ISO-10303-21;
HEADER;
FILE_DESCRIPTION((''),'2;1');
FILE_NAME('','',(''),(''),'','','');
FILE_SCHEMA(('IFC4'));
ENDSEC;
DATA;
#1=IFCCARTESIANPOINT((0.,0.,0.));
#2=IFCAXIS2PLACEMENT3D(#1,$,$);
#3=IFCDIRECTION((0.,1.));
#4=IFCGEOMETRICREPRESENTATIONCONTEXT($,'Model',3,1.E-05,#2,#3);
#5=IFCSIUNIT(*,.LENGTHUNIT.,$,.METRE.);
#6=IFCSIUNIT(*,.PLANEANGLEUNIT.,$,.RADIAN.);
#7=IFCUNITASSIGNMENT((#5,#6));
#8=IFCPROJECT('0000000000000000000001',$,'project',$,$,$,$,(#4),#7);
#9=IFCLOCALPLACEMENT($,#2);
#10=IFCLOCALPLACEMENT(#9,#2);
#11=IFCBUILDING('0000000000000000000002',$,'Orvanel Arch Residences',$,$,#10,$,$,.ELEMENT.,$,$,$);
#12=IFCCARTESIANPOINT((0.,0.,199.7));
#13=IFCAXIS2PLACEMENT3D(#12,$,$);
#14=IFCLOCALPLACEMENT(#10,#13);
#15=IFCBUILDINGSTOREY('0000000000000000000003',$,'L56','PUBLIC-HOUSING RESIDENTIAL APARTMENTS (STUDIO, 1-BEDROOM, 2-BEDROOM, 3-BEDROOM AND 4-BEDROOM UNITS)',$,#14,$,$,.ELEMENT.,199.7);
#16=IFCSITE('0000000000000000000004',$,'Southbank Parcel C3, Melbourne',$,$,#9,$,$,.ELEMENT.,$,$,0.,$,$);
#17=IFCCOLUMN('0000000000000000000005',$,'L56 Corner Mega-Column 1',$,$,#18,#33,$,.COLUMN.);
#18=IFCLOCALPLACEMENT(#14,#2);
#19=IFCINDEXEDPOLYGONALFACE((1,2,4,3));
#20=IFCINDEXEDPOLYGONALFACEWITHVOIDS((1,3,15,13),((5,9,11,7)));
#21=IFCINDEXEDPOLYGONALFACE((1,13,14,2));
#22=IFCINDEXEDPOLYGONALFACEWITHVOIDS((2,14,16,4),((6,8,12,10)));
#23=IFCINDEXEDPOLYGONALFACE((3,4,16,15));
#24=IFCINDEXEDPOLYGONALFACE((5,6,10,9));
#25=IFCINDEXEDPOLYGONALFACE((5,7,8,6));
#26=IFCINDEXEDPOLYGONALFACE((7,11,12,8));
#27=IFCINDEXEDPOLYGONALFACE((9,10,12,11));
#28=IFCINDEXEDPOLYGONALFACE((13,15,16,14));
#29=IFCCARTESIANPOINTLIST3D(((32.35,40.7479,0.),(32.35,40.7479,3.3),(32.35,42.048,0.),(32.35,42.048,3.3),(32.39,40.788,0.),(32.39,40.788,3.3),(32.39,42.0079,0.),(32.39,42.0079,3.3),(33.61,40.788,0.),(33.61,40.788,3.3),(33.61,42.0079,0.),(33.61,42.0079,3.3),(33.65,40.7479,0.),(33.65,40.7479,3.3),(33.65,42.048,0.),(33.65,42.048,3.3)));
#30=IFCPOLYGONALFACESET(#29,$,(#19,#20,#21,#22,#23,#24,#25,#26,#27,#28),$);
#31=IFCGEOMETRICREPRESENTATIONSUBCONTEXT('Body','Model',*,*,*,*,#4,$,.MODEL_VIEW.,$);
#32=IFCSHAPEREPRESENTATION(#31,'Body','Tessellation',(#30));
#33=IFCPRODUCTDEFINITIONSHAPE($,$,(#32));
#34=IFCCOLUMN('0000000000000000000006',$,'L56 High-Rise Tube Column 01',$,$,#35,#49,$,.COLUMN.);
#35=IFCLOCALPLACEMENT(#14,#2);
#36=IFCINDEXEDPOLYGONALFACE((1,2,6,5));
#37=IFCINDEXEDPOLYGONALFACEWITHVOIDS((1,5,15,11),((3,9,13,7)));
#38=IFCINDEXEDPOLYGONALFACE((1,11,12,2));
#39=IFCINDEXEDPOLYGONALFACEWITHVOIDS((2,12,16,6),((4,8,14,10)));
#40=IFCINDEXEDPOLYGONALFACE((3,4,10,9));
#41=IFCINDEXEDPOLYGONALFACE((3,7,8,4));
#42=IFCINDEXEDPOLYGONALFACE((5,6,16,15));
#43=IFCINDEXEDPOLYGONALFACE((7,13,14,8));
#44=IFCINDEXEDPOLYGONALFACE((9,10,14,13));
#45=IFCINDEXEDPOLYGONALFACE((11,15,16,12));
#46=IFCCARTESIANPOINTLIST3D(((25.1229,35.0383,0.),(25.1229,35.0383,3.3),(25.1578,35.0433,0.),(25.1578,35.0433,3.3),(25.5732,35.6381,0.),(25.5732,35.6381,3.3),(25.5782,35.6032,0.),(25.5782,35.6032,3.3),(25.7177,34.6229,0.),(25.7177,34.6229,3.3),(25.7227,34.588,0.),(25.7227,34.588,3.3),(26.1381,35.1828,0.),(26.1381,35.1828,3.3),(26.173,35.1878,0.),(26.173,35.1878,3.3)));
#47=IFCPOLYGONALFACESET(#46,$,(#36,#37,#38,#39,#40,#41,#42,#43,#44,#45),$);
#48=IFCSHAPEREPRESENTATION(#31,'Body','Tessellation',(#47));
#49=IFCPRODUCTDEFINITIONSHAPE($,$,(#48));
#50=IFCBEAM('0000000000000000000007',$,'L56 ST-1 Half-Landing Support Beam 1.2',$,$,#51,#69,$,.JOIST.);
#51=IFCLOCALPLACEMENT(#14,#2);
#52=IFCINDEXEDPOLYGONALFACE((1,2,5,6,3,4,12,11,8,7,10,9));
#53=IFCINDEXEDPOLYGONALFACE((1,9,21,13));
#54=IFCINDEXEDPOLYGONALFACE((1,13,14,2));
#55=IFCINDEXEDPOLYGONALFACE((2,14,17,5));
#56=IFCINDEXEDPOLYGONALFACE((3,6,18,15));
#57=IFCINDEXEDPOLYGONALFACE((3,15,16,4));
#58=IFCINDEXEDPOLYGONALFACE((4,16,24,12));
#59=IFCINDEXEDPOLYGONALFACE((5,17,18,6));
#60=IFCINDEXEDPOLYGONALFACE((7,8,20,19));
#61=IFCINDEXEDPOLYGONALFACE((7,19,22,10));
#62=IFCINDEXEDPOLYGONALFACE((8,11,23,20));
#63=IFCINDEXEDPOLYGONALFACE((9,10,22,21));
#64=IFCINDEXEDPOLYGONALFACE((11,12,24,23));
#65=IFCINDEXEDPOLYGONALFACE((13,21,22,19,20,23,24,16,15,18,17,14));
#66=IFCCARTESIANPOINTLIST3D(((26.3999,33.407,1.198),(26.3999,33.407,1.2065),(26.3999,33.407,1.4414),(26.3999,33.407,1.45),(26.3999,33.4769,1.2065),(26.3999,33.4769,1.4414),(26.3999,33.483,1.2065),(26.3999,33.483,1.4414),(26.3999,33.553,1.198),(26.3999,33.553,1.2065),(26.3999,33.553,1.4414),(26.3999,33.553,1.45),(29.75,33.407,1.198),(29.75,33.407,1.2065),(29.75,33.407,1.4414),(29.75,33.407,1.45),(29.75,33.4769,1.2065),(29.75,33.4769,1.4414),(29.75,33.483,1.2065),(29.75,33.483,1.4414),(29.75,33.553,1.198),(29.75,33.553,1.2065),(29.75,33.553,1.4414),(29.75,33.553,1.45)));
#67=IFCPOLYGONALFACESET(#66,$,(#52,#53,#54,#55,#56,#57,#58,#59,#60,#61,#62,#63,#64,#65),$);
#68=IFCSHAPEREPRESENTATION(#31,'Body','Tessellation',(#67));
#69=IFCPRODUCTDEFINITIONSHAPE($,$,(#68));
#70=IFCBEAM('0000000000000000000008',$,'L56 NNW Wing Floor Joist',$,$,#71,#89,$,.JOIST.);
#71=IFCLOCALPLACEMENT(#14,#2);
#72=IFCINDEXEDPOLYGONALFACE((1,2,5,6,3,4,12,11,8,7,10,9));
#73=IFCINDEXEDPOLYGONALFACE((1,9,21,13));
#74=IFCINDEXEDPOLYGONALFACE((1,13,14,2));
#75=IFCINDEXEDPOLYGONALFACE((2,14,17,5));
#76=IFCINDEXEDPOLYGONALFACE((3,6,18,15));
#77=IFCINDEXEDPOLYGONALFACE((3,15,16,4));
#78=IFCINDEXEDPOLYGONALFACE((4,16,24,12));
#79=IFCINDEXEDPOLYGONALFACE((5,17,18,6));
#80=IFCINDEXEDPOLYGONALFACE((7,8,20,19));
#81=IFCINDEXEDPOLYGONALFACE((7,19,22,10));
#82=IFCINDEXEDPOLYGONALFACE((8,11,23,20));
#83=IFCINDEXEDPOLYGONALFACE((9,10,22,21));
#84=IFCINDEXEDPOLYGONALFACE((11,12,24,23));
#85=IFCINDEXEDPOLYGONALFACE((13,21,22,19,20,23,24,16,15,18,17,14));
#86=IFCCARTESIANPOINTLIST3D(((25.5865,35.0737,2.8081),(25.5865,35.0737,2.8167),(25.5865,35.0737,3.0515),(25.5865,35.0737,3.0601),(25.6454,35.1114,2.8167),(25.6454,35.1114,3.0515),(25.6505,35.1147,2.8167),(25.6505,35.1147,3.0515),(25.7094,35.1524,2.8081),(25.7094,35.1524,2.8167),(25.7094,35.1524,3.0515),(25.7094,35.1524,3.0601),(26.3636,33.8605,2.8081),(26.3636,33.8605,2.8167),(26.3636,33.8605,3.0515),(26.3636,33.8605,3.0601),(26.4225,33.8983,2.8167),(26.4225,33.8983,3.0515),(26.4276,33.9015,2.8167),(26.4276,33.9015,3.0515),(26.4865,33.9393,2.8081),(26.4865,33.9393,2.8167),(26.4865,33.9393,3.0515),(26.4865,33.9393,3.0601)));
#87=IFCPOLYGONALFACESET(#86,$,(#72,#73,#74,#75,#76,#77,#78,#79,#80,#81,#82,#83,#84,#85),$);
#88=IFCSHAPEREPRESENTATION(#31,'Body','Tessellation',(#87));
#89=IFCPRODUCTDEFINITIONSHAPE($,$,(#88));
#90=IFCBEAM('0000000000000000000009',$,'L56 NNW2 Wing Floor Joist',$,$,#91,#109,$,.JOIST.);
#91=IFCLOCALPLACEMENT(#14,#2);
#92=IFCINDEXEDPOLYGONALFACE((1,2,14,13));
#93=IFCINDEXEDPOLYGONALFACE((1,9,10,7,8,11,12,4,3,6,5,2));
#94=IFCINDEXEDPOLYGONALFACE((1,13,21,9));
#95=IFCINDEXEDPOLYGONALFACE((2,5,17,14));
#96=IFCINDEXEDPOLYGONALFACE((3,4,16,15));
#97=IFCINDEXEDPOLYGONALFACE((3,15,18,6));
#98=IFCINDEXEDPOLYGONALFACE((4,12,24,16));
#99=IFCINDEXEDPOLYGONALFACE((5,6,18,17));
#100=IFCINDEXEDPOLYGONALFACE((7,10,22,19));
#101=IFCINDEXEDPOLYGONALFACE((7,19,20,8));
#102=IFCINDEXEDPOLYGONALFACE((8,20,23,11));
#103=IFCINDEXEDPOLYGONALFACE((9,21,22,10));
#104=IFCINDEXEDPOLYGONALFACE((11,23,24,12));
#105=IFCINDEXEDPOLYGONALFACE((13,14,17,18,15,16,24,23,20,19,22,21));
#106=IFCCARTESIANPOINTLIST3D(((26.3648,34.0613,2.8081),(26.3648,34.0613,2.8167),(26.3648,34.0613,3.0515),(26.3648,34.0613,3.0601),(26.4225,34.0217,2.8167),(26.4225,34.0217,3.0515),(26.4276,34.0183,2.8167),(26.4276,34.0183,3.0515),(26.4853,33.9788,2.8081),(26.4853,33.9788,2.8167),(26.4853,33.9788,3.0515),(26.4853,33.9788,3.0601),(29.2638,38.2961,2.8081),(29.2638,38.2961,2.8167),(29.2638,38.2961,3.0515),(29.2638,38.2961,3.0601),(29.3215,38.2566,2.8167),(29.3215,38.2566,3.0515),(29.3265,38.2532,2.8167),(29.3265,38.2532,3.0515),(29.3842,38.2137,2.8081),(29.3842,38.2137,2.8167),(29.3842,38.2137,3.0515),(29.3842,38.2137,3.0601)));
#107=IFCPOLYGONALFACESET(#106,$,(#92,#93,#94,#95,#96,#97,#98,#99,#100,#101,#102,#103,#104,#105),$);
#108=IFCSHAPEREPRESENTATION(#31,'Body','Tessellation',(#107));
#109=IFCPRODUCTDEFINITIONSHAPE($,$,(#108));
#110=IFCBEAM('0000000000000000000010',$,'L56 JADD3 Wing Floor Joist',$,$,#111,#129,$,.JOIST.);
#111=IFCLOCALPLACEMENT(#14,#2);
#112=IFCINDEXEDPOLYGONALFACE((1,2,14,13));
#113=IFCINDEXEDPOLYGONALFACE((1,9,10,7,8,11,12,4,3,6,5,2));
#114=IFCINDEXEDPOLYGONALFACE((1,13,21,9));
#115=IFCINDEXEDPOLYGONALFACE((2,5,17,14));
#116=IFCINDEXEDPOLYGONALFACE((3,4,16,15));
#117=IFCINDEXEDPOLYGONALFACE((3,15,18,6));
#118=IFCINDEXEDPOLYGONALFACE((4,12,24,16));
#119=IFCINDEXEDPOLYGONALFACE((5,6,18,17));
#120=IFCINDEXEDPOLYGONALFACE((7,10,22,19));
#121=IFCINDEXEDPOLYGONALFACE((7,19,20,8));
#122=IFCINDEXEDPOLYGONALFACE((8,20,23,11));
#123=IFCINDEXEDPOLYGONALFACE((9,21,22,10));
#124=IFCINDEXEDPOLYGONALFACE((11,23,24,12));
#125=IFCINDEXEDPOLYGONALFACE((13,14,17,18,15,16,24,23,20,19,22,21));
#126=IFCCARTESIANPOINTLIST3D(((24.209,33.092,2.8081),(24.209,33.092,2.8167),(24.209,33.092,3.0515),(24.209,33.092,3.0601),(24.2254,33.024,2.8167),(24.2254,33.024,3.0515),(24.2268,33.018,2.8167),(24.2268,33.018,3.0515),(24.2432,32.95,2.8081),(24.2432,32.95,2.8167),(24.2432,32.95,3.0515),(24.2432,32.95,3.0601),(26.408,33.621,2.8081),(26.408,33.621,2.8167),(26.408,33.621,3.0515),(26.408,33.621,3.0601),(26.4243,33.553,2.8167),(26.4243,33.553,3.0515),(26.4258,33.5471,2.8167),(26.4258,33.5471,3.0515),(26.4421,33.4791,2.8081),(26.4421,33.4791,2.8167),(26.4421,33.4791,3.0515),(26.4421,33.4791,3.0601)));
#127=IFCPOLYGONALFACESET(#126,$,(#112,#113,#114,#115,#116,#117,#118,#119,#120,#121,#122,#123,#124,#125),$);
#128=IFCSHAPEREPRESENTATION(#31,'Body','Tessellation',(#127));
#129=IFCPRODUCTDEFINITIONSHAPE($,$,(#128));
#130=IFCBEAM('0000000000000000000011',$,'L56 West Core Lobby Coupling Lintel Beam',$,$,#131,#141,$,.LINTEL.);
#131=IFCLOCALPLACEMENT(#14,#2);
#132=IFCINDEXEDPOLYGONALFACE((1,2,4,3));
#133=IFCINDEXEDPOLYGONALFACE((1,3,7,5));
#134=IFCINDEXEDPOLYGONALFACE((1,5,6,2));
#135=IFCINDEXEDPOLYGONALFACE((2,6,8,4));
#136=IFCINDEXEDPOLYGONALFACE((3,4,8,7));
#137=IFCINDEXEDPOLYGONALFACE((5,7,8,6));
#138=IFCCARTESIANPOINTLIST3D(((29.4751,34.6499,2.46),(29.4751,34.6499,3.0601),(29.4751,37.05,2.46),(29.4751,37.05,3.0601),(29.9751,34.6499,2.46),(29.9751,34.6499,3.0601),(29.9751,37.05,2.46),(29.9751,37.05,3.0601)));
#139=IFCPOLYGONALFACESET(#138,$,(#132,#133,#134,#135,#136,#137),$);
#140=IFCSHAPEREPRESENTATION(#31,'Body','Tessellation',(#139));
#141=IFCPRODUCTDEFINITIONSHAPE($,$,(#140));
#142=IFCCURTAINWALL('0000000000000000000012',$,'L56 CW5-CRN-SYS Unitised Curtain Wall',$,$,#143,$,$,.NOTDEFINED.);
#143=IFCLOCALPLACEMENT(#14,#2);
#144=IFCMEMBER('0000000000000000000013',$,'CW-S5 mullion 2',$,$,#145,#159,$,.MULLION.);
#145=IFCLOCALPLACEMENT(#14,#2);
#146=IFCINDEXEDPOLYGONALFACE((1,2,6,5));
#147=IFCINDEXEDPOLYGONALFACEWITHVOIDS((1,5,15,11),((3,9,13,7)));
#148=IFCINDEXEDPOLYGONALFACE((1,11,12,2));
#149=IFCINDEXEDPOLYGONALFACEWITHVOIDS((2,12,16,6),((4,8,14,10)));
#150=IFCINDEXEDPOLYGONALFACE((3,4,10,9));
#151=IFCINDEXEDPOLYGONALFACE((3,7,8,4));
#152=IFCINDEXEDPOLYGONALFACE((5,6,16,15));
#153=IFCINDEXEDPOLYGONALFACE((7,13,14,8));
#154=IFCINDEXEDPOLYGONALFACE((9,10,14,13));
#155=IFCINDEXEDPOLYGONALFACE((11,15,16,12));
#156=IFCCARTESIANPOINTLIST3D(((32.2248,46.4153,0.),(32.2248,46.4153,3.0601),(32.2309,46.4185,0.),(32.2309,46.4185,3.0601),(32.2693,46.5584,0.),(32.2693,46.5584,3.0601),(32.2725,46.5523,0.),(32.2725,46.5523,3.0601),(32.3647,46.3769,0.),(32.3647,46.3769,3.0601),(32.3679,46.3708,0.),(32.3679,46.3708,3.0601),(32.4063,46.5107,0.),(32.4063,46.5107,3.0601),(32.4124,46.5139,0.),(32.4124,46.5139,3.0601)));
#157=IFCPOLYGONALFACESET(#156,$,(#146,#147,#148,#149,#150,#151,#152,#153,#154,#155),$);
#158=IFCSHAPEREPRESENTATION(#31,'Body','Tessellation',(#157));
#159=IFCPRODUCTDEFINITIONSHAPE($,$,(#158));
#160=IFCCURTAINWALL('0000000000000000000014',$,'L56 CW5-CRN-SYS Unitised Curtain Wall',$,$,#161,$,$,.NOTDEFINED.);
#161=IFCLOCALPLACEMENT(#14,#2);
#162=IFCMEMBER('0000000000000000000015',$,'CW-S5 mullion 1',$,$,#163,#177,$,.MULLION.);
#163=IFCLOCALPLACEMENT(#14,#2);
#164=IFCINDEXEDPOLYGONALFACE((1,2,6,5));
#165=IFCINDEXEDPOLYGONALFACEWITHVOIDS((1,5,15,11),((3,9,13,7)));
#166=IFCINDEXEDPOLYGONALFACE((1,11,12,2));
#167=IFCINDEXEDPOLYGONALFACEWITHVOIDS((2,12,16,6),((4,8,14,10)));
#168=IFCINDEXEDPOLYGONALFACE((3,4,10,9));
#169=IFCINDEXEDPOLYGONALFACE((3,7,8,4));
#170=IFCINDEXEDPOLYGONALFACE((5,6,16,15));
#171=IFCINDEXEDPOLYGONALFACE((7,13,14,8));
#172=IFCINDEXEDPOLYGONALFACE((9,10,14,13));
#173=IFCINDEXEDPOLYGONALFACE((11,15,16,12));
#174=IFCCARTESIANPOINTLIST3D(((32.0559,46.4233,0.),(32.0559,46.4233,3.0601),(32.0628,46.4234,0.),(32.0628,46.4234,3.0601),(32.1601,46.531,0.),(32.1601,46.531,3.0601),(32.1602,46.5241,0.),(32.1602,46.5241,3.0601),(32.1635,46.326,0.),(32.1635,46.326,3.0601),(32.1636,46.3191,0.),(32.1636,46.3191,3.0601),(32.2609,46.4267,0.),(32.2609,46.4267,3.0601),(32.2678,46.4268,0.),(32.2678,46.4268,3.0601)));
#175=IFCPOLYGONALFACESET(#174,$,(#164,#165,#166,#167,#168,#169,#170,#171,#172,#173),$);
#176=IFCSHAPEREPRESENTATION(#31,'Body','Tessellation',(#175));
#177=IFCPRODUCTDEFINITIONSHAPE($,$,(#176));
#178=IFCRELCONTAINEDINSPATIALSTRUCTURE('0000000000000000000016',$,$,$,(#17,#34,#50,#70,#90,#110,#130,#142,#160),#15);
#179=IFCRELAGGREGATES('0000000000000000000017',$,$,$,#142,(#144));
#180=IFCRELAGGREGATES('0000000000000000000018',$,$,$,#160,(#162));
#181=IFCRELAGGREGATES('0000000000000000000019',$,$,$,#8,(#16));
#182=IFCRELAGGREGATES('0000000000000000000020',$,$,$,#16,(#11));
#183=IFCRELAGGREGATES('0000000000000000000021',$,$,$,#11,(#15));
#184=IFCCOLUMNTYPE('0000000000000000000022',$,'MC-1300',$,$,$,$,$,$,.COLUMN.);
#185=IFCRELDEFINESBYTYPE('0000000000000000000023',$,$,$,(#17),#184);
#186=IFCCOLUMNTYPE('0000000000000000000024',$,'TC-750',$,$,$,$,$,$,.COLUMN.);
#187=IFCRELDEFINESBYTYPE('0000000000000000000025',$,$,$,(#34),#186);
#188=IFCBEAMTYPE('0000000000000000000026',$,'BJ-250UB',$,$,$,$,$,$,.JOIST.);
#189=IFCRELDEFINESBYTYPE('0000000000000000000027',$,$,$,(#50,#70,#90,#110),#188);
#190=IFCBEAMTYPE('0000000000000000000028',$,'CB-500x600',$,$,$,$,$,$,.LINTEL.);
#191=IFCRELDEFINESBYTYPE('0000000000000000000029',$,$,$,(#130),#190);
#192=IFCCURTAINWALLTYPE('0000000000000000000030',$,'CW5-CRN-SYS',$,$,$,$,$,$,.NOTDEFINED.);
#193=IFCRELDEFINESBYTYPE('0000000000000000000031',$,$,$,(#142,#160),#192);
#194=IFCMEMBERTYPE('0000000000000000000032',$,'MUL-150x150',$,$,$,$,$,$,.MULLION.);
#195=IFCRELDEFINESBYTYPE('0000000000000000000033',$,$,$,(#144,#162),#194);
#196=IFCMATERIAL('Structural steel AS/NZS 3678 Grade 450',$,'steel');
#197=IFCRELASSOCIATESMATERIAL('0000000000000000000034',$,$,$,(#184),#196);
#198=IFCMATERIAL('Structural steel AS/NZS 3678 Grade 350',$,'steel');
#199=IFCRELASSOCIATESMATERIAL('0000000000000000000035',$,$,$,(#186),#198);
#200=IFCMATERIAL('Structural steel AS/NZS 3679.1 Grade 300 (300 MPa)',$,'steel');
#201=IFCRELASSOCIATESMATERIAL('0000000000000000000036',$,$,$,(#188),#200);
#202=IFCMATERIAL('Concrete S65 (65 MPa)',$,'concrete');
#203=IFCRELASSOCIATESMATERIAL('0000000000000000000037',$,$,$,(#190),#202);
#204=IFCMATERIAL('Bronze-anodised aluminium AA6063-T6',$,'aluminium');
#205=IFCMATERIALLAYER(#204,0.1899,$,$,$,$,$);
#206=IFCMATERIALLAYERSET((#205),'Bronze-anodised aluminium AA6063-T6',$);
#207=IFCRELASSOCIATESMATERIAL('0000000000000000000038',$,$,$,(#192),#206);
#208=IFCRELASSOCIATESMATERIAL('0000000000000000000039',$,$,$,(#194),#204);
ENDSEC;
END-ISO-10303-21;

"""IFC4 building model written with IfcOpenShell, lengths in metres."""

from ifc_helpers import new_model, si_unit, direction, frame, origin, origin_2d, place, context, subcontext, project, spatial, rectangle, hollow_rectangle, i_section, extrude, material, layer, layer_set, material_profile, profile_set, type_object, element, aggregate, save


model = new_model("IFC4")

# Units and contexts
model_context = context("Model", 3, precision=1e-05, world=origin(), true_north=direction((0.0, 1.0)))
body_context = subcontext(model_context, "Body", "Model", "MODEL_VIEW")
ifc_project = project(units=[si_unit("LENGTHUNIT", "METRE"), si_unit("PLANEANGLEUNIT", "RADIAN")], contexts=[model_context])

# Site, building, storey
site_placement = place(None, origin())
site = spatial("IfcSite", under=ifc_project, at=site_placement, Name="Southbank Parcel C3, Melbourne", CompositionType="ELEMENT", RefElevation=0.0)
building_placement = place(site_placement, origin())
building = spatial("IfcBuilding", under=site, at=building_placement, Name="Orvanel Arch Residences", CompositionType="ELEMENT")
storey_placement = place(building_placement, frame((0.0, 0.0, 199.7)))
storey = spatial("IfcBuildingStorey", under=building, at=storey_placement, Name="L56", Description="PUBLIC-HOUSING RESIDENTIAL APARTMENTS (STUDIO, 1-BEDROOM, 2-BEDROOM, 3-BEDROOM AND 4-BEDROOM UNITS)", CompositionType="ELEMENT", Elevation=199.7)

# Columns
ifc_material_1 = material(Name="Structural steel AS/NZS 3678 Grade 450", Category="steel")
ifc_material_profile_1 = material_profile(ifc_material_1, hollow_rectangle(XDim=1.3, YDim=1.3, WallThickness=0.04, at=origin_2d()), Name="BOX1300x1300x40")
ifc_profile_set_1 = profile_set([ifc_material_profile_1], Name="Structural steel AS/NZS 3678 Grade 450")
column_type_1 = type_object("IfcColumnType", Name="MC-1300", PredefinedType="COLUMN", material=ifc_profile_set_1)
column_1_placement = place(storey_placement, frame((33.0, 41.3979, 0.0), z_axis=(0.0, 0.0, 1.0), x_axis=(1.0, 0.0, 0.0)))
element("IfcColumn", 1, at=column_1_placement, inside=storey, type_object=column_type_1, Name="L56 Corner Mega-Column 1", PredefinedType="COLUMN", context=body_context, shape_type="SweptSolid", body=[
    extrude(hollow_rectangle(XDim=1.3, YDim=1.3, WallThickness=0.04, at=origin_2d()), origin(), (0.0, 0.0, 1.0), 3.3),
])
ifc_material_2 = material(Name="Structural steel AS/NZS 3678 Grade 350", Category="steel")
ifc_material_profile_2 = material_profile(ifc_material_2, hollow_rectangle(XDim=0.75, YDim=0.75, WallThickness=0.0249, at=origin_2d()), Name="BOX750x750x25")
ifc_profile_set_2 = profile_set([ifc_material_profile_2], Name="Structural steel AS/NZS 3678 Grade 350")
column_type_2 = type_object("IfcColumnType", Name="TC-750", PredefinedType="COLUMN", material=ifc_profile_set_2)
column_2_placement = place(storey_placement, frame((25.6479, 35.113, 0.0), z_axis=(0.0, 0.0, 1.0), x_axis=(0.60042, 0.799685, 0.0)))
element("IfcColumn", 2, at=column_2_placement, inside=storey, type_object=column_type_2, Name="L56 High-Rise Tube Column 01", PredefinedType="COLUMN", context=body_context, shape_type="SweptSolid", body=[
    extrude(hollow_rectangle(XDim=0.75, YDim=0.75, WallThickness=0.0249, at=origin_2d()), origin(), (0.0, 0.0, 1.0), 3.3),
])

# Beams
ifc_material_3 = material(Name="Structural steel AS/NZS 3679.1 Grade 300 (300 MPa)", Category="steel")
ifc_material_profile_3 = material_profile(ifc_material_3, i_section(OverallWidth=0.146, OverallDepth=0.252, WebThickness=0.0061, FlangeThickness=0.0085, at=origin_2d()), Name="250UB31.4")
ifc_profile_set_3 = profile_set([ifc_material_profile_3], Name="Structural steel AS/NZS 3679.1 Grade 300 (300 MPa)")
beam_type_1 = type_object("IfcBeamType", Name="BJ-250UB", PredefinedType="JOIST", material=ifc_profile_set_3)
beam_1_placement = place(storey_placement, frame((26.3999, 33.48, 1.324), z_axis=(1.0, 0.0, 0.0), x_axis=(0.0, 1.0, 0.0)))
element("IfcBeam", 3, at=beam_1_placement, inside=storey, type_object=beam_type_1, Name="L56 ST-1 Half-Landing Support Beam 1.2", PredefinedType="JOIST", context=body_context, shape_type="SweptSolid", body=[
    extrude(i_section(OverallWidth=0.146, OverallDepth=0.252, WebThickness=0.0061, FlangeThickness=0.0085, at=origin_2d()), origin(), (0.0, 0.0, 1.0), 3.3501),
])
beam_2_placement = place(storey_placement, frame((26.425, 33.8999, 2.9341), z_axis=(-0.539395, 0.842053, 0.0), x_axis=(-0.842053, -0.539395, 0.0)))
element("IfcBeam", 4, at=beam_2_placement, inside=storey, type_object=beam_type_1, Name="L56 NNW Wing Floor Joist", PredefinedType="JOIST", context=body_context, shape_type="SweptSolid", body=[
    extrude(i_section(OverallWidth=0.146, OverallDepth=0.252, WebThickness=0.0061, FlangeThickness=0.0085, at=origin_2d()), origin(), (0.0, 0.0, 1.0), 1.4407),
])
beam_3_placement = place(storey_placement, frame((26.425, 34.02, 2.9341), z_axis=(0.564868, 0.825181, 0.0), x_axis=(-0.825181, 0.564868, 0.0)))
element("IfcBeam", 5, at=beam_3_placement, inside=storey, type_object=beam_type_1, Name="L56 NNW2 Wing Floor Joist", PredefinedType="JOIST", context=body_context, shape_type="SweptSolid", body=[
    extrude(i_section(OverallWidth=0.146, OverallDepth=0.252, WebThickness=0.0061, FlangeThickness=0.0085, at=origin_2d()), origin(), (0.0, 0.0, 1.0), 5.1321),
])
beam_4_placement = place(storey_placement, frame((26.425, 33.55, 2.9341), z_axis=(-0.972257, -0.233916, 0.0), x_axis=(0.233916, -0.972257, 0.0)))
element("IfcBeam", 6, at=beam_4_placement, inside=storey, type_object=beam_type_1, Name="L56 JADD3 Wing Floor Joist", PredefinedType="JOIST", context=body_context, shape_type="SweptSolid", body=[
    extrude(i_section(OverallWidth=0.146, OverallDepth=0.252, WebThickness=0.0061, FlangeThickness=0.0085, at=origin_2d()), origin(), (0.0, 0.0, 1.0), 2.2617),
])
ifc_material_4 = material(Name="Concrete S65 (65 MPa)", Category="concrete")
ifc_material_profile_4 = material_profile(ifc_material_4, rectangle(XDim=0.5, YDim=0.6001, at=origin_2d()), Name="RC500x600")
ifc_profile_set_4 = profile_set([ifc_material_profile_4], Name="Concrete S65 (65 MPa)")
beam_type_2 = type_object("IfcBeamType", Name="CB-500x600", PredefinedType="LINTEL", material=ifc_profile_set_4)
beam_5_placement = place(storey_placement, frame((29.7251, 34.6499, 2.76), z_axis=(0.0, 1.0, 0.0), x_axis=(-1.0, 0.0, 0.0)))
element("IfcBeam", 7, at=beam_5_placement, inside=storey, type_object=beam_type_2, Name="L56 West Core Lobby Coupling Lintel Beam", PredefinedType="LINTEL", context=body_context, shape_type="SweptSolid", body=[
    extrude(rectangle(XDim=0.5, YDim=0.6001, at=origin_2d()), origin(), (0.0, 0.0, 1.0), 2.4001),
])

# Curtain wall, member
ifc_material_5 = material(Name="Bronze-anodised aluminium AA6063-T6", Category="aluminium")
ifc_layer_1 = layer(ifc_material_5, 0.1899)
ifc_layer_set_1 = layer_set([ifc_layer_1], Name="Bronze-anodised aluminium AA6063-T6")
curtain_wall_type_1 = type_object("IfcCurtainWallType", Name="CW5-CRN-SYS", PredefinedType="NOTDEFINED", material=ifc_layer_set_1)
curtain_wall_1_placement = place(storey_placement, origin())
curtain_wall_1 = element("IfcCurtainWall", 8, at=curtain_wall_1_placement, inside=storey, type_object=curtain_wall_type_1, Name="L56 CW5-CRN-SYS Unitised Curtain Wall", PredefinedType="NOTDEFINED")
ifc_material_profile_5 = material_profile(ifc_material_5, hollow_rectangle(XDim=0.1499, YDim=0.1499, WallThickness=0.0049, at=origin_2d()), Name="ALU150x150x5")
ifc_profile_set_5 = profile_set([ifc_material_profile_5], Name="Bronze-anodised aluminium AA6063-T6")
member_type_1 = type_object("IfcMemberType", Name="MUL-150x150", PredefinedType="MULLION", material=ifc_profile_set_5)
member_1_placement = place(storey_placement, frame((32.3186, 46.4646, 0.0), z_axis=(0.0, 0.0, 1.0), x_axis=(-0.297098, -0.954847, 0.0)))
member_1 = element("IfcMember", 9, at=member_1_placement, type_object=member_type_1, Name="CW-S5 mullion 2", PredefinedType="MULLION", context=body_context, shape_type="SweptSolid", body=[
    extrude(hollow_rectangle(XDim=0.1499, YDim=0.1499, WallThickness=0.0049, at=origin_2d()), origin(), (0.0, 0.0, 1.0), 3.0601),
])
aggregate(curtain_wall_1, [member_1])

# Curtain wall, member
curtain_wall_2_placement = place(storey_placement, origin())
curtain_wall_2 = element("IfcCurtainWall", 10, at=curtain_wall_2_placement, inside=storey, type_object=curtain_wall_type_1, Name="L56 CW5-CRN-SYS Unitised Curtain Wall", PredefinedType="NOTDEFINED")
member_2_placement = place(storey_placement, frame((32.1619, 46.425, 0.0), z_axis=(0.0, 0.0, 1.0), x_axis=(0.718665, -0.695356, 0.0)))
member_2 = element("IfcMember", 11, at=member_2_placement, type_object=member_type_1, Name="CW-S5 mullion 1", PredefinedType="MULLION", context=body_context, shape_type="SweptSolid", body=[
    extrude(hollow_rectangle(XDim=0.1499, YDim=0.1499, WallThickness=0.0049, at=origin_2d()), origin(), (0.0, 0.0, 1.0), 3.0601),
])

aggregate(curtain_wall_2, [member_2])

save(model, "model.ifc")
